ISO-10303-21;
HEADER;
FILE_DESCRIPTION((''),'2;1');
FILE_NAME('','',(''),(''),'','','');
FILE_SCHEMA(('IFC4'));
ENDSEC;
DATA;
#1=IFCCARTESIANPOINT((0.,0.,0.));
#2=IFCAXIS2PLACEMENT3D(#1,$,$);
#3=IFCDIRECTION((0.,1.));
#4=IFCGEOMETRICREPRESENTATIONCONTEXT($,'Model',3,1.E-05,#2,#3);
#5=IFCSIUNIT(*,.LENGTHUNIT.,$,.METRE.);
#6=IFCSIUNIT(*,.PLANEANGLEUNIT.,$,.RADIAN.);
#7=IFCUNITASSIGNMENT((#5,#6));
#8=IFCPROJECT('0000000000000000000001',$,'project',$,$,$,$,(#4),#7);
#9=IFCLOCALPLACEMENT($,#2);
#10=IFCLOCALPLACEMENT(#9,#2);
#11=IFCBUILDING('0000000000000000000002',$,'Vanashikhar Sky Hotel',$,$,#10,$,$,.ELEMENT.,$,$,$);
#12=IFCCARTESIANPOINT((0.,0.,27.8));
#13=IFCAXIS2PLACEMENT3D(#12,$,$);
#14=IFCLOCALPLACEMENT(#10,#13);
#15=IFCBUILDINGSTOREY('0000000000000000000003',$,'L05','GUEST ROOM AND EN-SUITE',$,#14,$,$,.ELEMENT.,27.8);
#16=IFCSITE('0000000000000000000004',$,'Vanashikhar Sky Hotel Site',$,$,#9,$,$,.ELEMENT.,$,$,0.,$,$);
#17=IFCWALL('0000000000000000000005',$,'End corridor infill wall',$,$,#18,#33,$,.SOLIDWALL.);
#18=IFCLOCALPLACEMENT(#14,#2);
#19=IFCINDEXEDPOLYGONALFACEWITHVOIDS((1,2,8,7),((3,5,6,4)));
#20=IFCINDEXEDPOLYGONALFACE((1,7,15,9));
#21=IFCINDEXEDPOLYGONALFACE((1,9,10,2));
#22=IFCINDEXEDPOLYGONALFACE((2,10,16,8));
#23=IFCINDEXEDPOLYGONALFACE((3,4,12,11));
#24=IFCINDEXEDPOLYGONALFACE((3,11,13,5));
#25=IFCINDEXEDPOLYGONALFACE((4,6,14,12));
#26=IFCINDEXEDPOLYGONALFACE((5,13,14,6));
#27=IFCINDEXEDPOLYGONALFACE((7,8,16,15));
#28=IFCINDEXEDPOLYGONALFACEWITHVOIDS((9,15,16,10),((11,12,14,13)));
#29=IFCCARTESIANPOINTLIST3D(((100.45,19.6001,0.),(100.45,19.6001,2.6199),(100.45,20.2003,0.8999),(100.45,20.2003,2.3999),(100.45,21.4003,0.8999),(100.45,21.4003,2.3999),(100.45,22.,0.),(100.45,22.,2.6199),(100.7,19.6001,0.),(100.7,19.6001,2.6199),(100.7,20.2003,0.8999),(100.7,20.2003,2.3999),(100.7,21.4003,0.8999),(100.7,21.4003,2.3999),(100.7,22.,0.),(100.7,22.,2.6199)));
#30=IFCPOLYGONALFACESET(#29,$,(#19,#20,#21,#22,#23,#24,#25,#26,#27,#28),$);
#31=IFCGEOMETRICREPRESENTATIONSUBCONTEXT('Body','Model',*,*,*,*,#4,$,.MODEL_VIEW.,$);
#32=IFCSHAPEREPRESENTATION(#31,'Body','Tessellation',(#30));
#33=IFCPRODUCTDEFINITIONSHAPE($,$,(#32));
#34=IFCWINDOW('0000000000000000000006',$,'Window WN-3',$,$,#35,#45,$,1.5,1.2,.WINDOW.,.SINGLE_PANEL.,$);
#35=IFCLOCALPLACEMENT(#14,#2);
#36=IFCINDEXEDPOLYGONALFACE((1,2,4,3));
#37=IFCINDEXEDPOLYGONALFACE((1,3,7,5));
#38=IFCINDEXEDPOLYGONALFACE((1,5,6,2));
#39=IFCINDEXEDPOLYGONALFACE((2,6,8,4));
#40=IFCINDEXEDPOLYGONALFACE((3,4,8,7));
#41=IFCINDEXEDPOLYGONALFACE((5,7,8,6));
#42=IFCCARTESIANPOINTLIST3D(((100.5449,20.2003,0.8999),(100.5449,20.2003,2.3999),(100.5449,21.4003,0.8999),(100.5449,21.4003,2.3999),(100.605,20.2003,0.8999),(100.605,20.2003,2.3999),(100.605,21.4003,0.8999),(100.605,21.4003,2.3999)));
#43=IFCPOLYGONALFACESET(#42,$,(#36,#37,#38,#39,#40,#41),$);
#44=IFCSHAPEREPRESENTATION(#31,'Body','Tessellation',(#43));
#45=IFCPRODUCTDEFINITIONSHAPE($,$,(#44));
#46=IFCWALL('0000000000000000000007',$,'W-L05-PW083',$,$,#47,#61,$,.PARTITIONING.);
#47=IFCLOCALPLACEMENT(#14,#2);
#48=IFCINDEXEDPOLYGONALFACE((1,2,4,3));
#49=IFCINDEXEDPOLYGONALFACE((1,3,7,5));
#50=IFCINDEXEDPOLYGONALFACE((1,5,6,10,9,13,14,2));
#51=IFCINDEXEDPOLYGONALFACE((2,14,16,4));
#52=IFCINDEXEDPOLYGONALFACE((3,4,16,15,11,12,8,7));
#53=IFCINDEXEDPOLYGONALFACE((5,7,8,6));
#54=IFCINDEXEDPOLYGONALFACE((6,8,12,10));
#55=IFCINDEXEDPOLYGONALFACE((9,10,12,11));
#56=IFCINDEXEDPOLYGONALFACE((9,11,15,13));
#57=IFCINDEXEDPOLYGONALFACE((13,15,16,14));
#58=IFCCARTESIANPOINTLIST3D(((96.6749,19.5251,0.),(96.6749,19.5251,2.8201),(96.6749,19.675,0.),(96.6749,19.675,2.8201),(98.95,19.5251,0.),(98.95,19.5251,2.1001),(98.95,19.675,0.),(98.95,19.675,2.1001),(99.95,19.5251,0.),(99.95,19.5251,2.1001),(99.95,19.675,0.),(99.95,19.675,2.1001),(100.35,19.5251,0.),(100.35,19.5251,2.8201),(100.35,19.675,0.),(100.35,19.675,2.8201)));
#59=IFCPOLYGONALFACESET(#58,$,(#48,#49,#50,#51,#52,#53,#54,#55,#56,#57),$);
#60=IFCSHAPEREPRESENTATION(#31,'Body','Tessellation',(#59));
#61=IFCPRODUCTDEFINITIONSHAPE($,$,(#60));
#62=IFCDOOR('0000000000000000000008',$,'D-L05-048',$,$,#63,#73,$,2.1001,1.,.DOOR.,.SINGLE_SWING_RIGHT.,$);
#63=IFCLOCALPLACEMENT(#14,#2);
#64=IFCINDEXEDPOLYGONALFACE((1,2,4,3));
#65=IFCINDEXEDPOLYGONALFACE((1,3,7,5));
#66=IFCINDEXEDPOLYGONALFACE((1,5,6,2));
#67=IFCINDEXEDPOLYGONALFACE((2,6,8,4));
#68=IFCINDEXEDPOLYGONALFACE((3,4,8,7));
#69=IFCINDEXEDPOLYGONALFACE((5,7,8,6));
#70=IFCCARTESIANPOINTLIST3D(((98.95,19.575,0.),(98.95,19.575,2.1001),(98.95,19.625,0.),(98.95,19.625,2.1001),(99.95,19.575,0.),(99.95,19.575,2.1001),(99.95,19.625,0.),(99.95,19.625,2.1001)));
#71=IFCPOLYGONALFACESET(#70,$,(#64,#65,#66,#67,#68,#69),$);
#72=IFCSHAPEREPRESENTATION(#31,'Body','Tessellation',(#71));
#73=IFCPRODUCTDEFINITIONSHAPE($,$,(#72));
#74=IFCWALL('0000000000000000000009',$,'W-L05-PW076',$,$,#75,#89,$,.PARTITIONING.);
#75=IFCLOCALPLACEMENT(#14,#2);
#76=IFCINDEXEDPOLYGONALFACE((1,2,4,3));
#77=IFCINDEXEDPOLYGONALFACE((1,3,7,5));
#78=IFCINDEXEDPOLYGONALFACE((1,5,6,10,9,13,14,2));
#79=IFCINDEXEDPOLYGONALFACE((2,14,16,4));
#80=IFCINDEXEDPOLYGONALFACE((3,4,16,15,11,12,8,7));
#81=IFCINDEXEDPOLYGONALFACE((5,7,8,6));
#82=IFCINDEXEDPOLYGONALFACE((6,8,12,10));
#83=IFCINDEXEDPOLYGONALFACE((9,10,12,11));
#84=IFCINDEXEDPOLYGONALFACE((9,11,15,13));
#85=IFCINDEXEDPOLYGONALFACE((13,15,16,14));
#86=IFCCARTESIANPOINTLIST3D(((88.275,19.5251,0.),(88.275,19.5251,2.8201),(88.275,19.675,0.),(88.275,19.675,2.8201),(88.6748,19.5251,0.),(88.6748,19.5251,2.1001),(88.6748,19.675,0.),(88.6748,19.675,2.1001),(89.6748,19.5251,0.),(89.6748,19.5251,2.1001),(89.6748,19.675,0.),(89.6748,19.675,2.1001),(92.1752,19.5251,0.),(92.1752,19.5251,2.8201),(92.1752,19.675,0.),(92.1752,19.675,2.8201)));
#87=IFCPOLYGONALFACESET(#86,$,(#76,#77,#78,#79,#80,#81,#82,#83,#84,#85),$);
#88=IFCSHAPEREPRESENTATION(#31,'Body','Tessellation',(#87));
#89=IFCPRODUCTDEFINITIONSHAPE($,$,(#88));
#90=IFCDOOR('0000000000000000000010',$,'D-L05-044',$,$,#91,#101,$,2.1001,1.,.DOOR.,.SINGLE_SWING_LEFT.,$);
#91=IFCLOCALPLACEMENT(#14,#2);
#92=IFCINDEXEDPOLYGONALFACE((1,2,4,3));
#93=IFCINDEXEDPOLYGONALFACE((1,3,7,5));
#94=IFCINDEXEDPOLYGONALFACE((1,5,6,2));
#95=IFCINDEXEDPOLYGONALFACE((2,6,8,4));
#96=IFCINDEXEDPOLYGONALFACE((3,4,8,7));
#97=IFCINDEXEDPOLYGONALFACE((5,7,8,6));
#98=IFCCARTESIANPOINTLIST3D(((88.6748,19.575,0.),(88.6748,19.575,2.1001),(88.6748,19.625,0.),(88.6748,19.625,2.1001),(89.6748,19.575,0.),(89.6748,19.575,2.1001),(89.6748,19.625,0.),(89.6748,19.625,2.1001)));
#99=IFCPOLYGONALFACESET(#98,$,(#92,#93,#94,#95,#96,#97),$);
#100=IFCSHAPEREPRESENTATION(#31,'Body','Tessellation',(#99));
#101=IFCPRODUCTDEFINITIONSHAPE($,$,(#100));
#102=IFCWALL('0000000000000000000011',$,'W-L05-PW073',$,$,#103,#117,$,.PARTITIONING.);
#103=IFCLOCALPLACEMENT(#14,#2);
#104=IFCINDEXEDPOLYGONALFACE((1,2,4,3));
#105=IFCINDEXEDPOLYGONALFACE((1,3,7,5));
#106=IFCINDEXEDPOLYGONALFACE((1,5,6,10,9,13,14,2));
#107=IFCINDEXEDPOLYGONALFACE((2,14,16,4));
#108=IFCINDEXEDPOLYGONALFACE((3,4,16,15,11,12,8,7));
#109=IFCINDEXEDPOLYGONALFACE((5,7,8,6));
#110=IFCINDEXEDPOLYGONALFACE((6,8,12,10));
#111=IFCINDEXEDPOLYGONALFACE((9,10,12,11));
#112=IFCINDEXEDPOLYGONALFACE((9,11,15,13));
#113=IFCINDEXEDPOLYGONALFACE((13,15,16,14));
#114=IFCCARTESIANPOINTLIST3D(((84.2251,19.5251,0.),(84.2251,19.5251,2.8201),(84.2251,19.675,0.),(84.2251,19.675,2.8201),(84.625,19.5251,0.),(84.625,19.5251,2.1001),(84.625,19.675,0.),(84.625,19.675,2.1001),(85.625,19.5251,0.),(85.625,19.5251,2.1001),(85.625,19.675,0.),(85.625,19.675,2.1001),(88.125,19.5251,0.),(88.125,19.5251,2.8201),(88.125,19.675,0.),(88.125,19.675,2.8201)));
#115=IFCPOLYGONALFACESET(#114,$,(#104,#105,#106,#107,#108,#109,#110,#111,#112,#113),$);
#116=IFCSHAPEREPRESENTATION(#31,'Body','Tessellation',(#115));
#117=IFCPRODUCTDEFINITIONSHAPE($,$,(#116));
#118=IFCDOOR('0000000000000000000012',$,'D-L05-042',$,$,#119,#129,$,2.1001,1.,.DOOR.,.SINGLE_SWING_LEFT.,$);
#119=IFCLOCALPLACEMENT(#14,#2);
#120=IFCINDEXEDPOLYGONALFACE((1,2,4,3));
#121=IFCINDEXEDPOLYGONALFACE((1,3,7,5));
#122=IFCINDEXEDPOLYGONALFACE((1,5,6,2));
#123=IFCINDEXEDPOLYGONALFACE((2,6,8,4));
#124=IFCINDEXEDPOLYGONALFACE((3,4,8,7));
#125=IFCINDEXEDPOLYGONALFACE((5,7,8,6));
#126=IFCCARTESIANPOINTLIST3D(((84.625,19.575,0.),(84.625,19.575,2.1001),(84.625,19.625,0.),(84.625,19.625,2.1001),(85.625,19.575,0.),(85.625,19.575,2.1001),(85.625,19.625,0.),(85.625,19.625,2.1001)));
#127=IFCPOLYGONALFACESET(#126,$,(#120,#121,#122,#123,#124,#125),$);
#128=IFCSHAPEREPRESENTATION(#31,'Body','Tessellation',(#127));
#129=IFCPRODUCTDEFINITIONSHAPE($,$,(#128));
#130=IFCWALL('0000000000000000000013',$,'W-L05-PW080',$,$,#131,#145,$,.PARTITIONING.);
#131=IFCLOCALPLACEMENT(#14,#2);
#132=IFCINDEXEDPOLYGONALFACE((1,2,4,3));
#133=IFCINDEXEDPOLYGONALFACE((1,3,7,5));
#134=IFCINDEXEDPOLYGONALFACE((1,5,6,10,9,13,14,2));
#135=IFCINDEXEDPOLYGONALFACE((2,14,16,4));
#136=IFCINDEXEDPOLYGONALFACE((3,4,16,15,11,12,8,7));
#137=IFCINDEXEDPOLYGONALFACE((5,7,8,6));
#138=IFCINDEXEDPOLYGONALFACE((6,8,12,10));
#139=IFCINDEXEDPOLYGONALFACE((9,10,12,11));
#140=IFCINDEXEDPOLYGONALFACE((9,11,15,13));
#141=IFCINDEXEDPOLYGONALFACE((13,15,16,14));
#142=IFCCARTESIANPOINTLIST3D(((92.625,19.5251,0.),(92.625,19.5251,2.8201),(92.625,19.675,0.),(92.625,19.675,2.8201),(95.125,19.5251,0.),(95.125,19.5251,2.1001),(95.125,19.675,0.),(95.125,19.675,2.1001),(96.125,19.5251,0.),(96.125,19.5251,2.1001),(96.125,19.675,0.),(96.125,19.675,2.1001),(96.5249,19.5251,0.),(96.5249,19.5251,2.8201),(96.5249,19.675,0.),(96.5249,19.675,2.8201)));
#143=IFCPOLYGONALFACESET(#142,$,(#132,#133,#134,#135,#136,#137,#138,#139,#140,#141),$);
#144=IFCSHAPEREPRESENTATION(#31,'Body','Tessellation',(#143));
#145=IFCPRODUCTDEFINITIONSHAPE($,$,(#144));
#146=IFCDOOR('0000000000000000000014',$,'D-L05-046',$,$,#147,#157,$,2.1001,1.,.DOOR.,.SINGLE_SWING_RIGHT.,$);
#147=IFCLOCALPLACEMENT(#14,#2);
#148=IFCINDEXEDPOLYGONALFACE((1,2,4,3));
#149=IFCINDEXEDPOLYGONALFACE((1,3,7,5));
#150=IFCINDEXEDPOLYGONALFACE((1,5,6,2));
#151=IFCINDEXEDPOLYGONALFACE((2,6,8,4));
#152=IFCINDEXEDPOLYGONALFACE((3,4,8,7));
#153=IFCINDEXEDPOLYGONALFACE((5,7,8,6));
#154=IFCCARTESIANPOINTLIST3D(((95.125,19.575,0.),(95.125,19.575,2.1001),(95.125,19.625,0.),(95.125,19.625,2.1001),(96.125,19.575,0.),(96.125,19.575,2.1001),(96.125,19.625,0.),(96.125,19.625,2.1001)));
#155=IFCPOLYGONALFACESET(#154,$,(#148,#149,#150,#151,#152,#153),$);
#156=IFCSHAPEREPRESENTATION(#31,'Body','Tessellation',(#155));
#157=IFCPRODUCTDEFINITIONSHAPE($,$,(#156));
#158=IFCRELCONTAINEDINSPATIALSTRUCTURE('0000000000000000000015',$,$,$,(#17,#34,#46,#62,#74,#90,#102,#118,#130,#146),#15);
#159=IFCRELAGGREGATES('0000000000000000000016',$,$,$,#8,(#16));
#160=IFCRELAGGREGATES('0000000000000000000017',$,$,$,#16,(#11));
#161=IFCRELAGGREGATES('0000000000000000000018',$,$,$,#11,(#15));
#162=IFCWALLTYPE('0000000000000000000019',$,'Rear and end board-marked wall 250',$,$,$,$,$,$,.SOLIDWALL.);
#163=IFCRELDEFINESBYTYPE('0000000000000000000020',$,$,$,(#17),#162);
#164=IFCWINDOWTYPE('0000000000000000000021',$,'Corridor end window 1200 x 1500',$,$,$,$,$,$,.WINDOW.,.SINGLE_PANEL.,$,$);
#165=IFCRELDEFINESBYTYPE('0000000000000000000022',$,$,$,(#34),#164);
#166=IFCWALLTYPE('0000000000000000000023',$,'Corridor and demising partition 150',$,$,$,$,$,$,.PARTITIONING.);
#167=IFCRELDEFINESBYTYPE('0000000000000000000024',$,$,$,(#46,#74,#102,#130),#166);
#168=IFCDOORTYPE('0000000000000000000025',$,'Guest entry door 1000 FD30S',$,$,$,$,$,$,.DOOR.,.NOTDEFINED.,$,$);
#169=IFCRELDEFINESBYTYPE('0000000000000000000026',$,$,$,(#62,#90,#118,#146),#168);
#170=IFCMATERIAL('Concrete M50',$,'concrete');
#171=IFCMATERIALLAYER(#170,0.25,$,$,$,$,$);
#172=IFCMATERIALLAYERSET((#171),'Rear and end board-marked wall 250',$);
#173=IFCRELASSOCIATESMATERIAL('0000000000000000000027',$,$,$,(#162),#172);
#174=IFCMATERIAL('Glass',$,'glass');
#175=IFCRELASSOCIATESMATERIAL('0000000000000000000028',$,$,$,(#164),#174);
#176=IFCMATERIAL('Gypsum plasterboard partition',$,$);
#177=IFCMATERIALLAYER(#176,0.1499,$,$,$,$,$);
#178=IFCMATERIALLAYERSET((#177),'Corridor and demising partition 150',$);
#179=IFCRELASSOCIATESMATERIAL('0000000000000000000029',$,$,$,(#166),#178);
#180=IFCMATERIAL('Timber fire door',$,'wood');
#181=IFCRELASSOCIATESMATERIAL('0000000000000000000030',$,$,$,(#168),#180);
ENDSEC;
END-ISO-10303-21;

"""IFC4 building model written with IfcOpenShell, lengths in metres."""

from ifc_helpers import new_model, si_unit, direction, frame, frame_2d, origin, place, context, subcontext, project, spatial, rectangle, extrude, source, transform, mapped, material, layer, layer_set, type_object, element, fill, save


model = new_model("IFC4")

# Units and contexts
model_context = context("Model", 3, precision=1e-05, world=origin(), true_north=direction((0.0, 1.0)))
body_context = subcontext(model_context, "Body", "Model", "MODEL_VIEW")
ifc_project = project(units=[si_unit("LENGTHUNIT", "METRE"), si_unit("PLANEANGLEUNIT", "RADIAN")], contexts=[model_context])

# Site, building, storey
site_placement = place(None, origin())
site = spatial("IfcSite", under=ifc_project, at=site_placement, Name="Vanashikhar Sky Hotel Site", CompositionType="ELEMENT", RefElevation=0.0)
building_placement = place(site_placement, origin())
building = spatial("IfcBuilding", under=site, at=building_placement, Name="Vanashikhar Sky Hotel", CompositionType="ELEMENT")
storey_placement = place(building_placement, frame((0.0, 0.0, 27.8)))
storey = spatial("IfcBuildingStorey", under=building, at=storey_placement, Name="L05", Description="GUEST ROOM AND EN-SUITE", CompositionType="ELEMENT", Elevation=27.8)

# Shared definitions
ifc_material_1 = material(Name="Concrete M50", Category="concrete")

# Shared definitions
ifc_material_2 = material(Name="Glass", Category="glass")

# Wall, opening, window
ifc_layer_1 = layer(ifc_material_1, 0.25)
ifc_layer_set_1 = layer_set([ifc_layer_1], Name="Rear and end board-marked wall 250")
wall_type_1 = type_object("IfcWallType", Name="Rear and end board-marked wall 250", PredefinedType="SOLIDWALL", material=ifc_layer_set_1)
shared_shape_1 = source(origin(), body_context, "Body", "SweptSolid", [
    extrude(rectangle(XDim=2.3999, YDim=0.25, at=frame_2d((1.2, 0.0))), origin(), (0.0, 0.0, 1.0), 2.6199),
])
wall_1_placement = place(storey_placement, frame((100.575, 19.6001, 0.0), z_axis=(0.0, 0.0, 1.0), x_axis=(0.0, 1.0, 0.0)))
wall_1 = element("IfcWall", 1, at=wall_1_placement, inside=storey, type_object=wall_type_1, Name="End corridor infill wall", PredefinedType="SOLIDWALL", context=body_context, shape_type="MappedRepresentation", body=[
    mapped(shared_shape_1, transform((0.0, 0.0, 0.0), scale=1.0)),
])
shared_shape_2 = source(origin(), body_context, "Body", "SweptSolid", [
    extrude(rectangle(XDim=1.2, YDim=1.5, at=frame_2d((0.6001, 0.75))), frame((0.0, 0.135, 0.0), z_axis=(0.0, -1.0, 0.0), x_axis=(1.0, 0.0, 0.0)), (0.0, 0.0, 1.0), 0.27),
])
opening_1_placement = place(wall_1_placement, frame((0.6001, 0.0, 0.8999)))
opening_1 = element("IfcOpeningElement", 2, at=opening_1_placement, cuts=wall_1, PredefinedType="OPENING", context=body_context, shape_type="MappedRepresentation", body=[
    mapped(shared_shape_2, transform((0.0, 0.0, 0.0), scale=1.0)),
])
window_type_1 = type_object("IfcWindowType", Name="Corridor end window 1200 x 1500", PartitioningType="SINGLE_PANEL", PredefinedType="WINDOW", material=ifc_material_2)
shared_shape_3 = source(origin(), body_context, "Body", "SweptSolid", [
    extrude(rectangle(XDim=1.2, YDim=1.5, at=frame_2d((0.6001, 0.75))), frame((0.0, 0.03, 0.0), z_axis=(0.0, -1.0, 0.0), x_axis=(1.0, 0.0, 0.0)), (0.0, 0.0, 1.0), 0.0601),
])
window_1_placement = place(opening_1_placement, origin())
window_1 = element("IfcWindow", 3, at=window_1_placement, inside=storey, type_object=window_type_1, Name="Window WN-3", OverallHeight=1.5, OverallWidth=1.2, PartitioningType="SINGLE_PANEL", PredefinedType="WINDOW", context=body_context, shape_type="MappedRepresentation", body=[
    mapped(shared_shape_3, transform((0.0, 0.0, 0.0), scale=1.0)),
])
fill(opening_1, window_1)

# Walls, openings, doors
ifc_material_3 = material(Name="Gypsum plasterboard partition")
ifc_layer_2 = layer(ifc_material_3, 0.1499)
ifc_layer_set_2 = layer_set([ifc_layer_2], Name="Corridor and demising partition 150")
wall_type_2 = type_object("IfcWallType", Name="Corridor and demising partition 150", PredefinedType="PARTITIONING", material=ifc_layer_set_2)
shared_shape_4 = source(origin(), body_context, "Body", "SweptSolid", [
    extrude(rectangle(XDim=3.675, YDim=0.1499, at=frame_2d((1.8374, 0.0))), origin(), (0.0, 0.0, 1.0), 2.8201),
])
wall_2_placement = place(storey_placement, frame((96.675, 19.6001, 0.0), z_axis=(0.0, 0.0, 1.0), x_axis=(1.0, 0.0, 0.0)))
wall_2 = element("IfcWall", 4, at=wall_2_placement, inside=storey, type_object=wall_type_2, Name="W-L05-PW083", PredefinedType="PARTITIONING", context=body_context, shape_type="MappedRepresentation", body=[
    mapped(shared_shape_4, transform((0.0, 0.0, 0.0), scale=1.0)),
])
shared_shape_5 = source(origin(), body_context, "Body", "SweptSolid", [
    extrude(rectangle(XDim=1.0, YDim=2.1001, at=frame_2d((0.5, 1.05))), frame((0.0, 0.085, 0.0), z_axis=(0.0, -1.0, 0.0), x_axis=(1.0, 0.0, 0.0)), (0.0, 0.0, 1.0), 0.1699),
])
opening_2_placement = place(wall_2_placement, frame((2.2749, 0.0, 0.0)))
opening_2 = element("IfcOpeningElement", 5, at=opening_2_placement, cuts=wall_2, PredefinedType="OPENING", context=body_context, shape_type="MappedRepresentation", body=[
    mapped(shared_shape_5, transform((0.0, 0.0, 0.0), scale=1.0)),
])
ifc_material_4 = material(Name="Timber fire door", Category="wood")
door_type = type_object("IfcDoorType", Name="Guest entry door 1000 FD30S", OperationType="NOTDEFINED", PredefinedType="DOOR", material=ifc_material_4)
shared_shape_6 = source(origin(), body_context, "Body", "SweptSolid", [
    extrude(rectangle(XDim=1.0, YDim=2.1001, at=frame_2d((0.5, 1.05))), frame((0.0, 0.0249, 0.0), z_axis=(0.0, -1.0, 0.0), x_axis=(1.0, 0.0, 0.0)), (0.0, 0.0, 1.0), 0.05),
])
door_1_placement = place(opening_2_placement, origin())
door_1 = element("IfcDoor", 6, at=door_1_placement, inside=storey, type_object=door_type, Name="D-L05-048", OperationType="SINGLE_SWING_RIGHT", OverallHeight=2.1001, OverallWidth=1.0, PredefinedType="DOOR", context=body_context, shape_type="MappedRepresentation", body=[
    mapped(shared_shape_6, transform((0.0, 0.0, 0.0), scale=1.0)),
])
fill(opening_2, door_1)
shared_shape_7 = source(origin(), body_context, "Body", "SweptSolid", [
    extrude(rectangle(XDim=3.9001, YDim=0.1499, at=frame_2d((1.9502, 0.0))), origin(), (0.0, 0.0, 1.0), 2.8201),
])
wall_3_placement = place(storey_placement, frame((88.2749, 19.6001, 0.0), z_axis=(0.0, 0.0, 1.0), x_axis=(1.0, 0.0, 0.0)))
wall_3 = element("IfcWall", 7, at=wall_3_placement, inside=storey, type_object=wall_type_2, Name="W-L05-PW076", PredefinedType="PARTITIONING", context=body_context, shape_type="MappedRepresentation", body=[
    mapped(shared_shape_7, transform((0.0, 0.0, 0.0), scale=1.0)),
])
opening_3_placement = place(wall_3_placement, frame((0.3999, 0.0, 0.0)))
opening_3 = element("IfcOpeningElement", 8, at=opening_3_placement, cuts=wall_3, PredefinedType="OPENING", context=body_context, shape_type="MappedRepresentation", body=[
    mapped(shared_shape_5, transform((0.0, 0.0, 0.0), scale=1.0)),
])
door_2_placement = place(opening_3_placement, origin())
door_2 = element("IfcDoor", 9, at=door_2_placement, inside=storey, type_object=door_type, Name="D-L05-044", OperationType="SINGLE_SWING_LEFT", OverallHeight=2.1001, OverallWidth=1.0, PredefinedType="DOOR", context=body_context, shape_type="MappedRepresentation", body=[
    mapped(shared_shape_6, transform((0.0, 0.0, 0.0), scale=1.0)),
])
fill(opening_3, door_2)
shared_shape_8 = source(origin(), body_context, "Body", "SweptSolid", [
    extrude(rectangle(XDim=3.8999, YDim=0.1499, at=frame_2d((1.95, 0.0))), origin(), (0.0, 0.0, 1.0), 2.8201),
])
wall_4_placement = place(storey_placement, frame((84.2251, 19.6001, 0.0), z_axis=(0.0, 0.0, 1.0), x_axis=(1.0, 0.0, 0.0)))
wall_4 = element("IfcWall", 10, at=wall_4_placement, inside=storey, type_object=wall_type_2, Name="W-L05-PW073", PredefinedType="PARTITIONING", context=body_context, shape_type="MappedRepresentation", body=[
    mapped(shared_shape_8, transform((0.0, 0.0, 0.0), scale=1.0)),
])
opening_4_placement = place(wall_4_placement, frame((0.3999, 0.0, 0.0)))
opening_4 = element("IfcOpeningElement", 11, at=opening_4_placement, cuts=wall_4, PredefinedType="OPENING", context=body_context, shape_type="MappedRepresentation", body=[
    mapped(shared_shape_5, transform((0.0, 0.0, 0.0), scale=1.0)),
])
door_3_placement = place(opening_4_placement, origin())
door_3 = element("IfcDoor", 12, at=door_3_placement, inside=storey, type_object=door_type, Name="D-L05-042", OperationType="SINGLE_SWING_LEFT", OverallHeight=2.1001, OverallWidth=1.0, PredefinedType="DOOR", context=body_context, shape_type="MappedRepresentation", body=[
    mapped(shared_shape_6, transform((0.0, 0.0, 0.0), scale=1.0)),
])
fill(opening_4, door_3)
wall_5_placement = place(storey_placement, frame((92.625, 19.6001, 0.0), z_axis=(0.0, 0.0, 1.0), x_axis=(1.0, 0.0, 0.0)))
wall_5 = element("IfcWall", 13, at=wall_5_placement, inside=storey, type_object=wall_type_2, Name="W-L05-PW080", PredefinedType="PARTITIONING", context=body_context, shape_type="MappedRepresentation", body=[
    mapped(shared_shape_8, transform((0.0, 0.0, 0.0), scale=1.0)),
])
opening_5_placement = place(wall_5_placement, frame((2.5, 0.0, 0.0)))
opening_5 = element("IfcOpeningElement", 14, at=opening_5_placement, cuts=wall_5, PredefinedType="OPENING", context=body_context, shape_type="MappedRepresentation", body=[
    mapped(shared_shape_5, transform((0.0, 0.0, 0.0), scale=1.0)),
])
door_4_placement = place(opening_5_placement, origin())
door_4 = element("IfcDoor", 15, at=door_4_placement, inside=storey, type_object=door_type, Name="D-L05-046", OperationType="SINGLE_SWING_RIGHT", OverallHeight=2.1001, OverallWidth=1.0, PredefinedType="DOOR", context=body_context, shape_type="MappedRepresentation", body=[
    mapped(shared_shape_6, transform((0.0, 0.0, 0.0), scale=1.0)),
])
fill(opening_5, door_4)

save(model, "model.ifc")
